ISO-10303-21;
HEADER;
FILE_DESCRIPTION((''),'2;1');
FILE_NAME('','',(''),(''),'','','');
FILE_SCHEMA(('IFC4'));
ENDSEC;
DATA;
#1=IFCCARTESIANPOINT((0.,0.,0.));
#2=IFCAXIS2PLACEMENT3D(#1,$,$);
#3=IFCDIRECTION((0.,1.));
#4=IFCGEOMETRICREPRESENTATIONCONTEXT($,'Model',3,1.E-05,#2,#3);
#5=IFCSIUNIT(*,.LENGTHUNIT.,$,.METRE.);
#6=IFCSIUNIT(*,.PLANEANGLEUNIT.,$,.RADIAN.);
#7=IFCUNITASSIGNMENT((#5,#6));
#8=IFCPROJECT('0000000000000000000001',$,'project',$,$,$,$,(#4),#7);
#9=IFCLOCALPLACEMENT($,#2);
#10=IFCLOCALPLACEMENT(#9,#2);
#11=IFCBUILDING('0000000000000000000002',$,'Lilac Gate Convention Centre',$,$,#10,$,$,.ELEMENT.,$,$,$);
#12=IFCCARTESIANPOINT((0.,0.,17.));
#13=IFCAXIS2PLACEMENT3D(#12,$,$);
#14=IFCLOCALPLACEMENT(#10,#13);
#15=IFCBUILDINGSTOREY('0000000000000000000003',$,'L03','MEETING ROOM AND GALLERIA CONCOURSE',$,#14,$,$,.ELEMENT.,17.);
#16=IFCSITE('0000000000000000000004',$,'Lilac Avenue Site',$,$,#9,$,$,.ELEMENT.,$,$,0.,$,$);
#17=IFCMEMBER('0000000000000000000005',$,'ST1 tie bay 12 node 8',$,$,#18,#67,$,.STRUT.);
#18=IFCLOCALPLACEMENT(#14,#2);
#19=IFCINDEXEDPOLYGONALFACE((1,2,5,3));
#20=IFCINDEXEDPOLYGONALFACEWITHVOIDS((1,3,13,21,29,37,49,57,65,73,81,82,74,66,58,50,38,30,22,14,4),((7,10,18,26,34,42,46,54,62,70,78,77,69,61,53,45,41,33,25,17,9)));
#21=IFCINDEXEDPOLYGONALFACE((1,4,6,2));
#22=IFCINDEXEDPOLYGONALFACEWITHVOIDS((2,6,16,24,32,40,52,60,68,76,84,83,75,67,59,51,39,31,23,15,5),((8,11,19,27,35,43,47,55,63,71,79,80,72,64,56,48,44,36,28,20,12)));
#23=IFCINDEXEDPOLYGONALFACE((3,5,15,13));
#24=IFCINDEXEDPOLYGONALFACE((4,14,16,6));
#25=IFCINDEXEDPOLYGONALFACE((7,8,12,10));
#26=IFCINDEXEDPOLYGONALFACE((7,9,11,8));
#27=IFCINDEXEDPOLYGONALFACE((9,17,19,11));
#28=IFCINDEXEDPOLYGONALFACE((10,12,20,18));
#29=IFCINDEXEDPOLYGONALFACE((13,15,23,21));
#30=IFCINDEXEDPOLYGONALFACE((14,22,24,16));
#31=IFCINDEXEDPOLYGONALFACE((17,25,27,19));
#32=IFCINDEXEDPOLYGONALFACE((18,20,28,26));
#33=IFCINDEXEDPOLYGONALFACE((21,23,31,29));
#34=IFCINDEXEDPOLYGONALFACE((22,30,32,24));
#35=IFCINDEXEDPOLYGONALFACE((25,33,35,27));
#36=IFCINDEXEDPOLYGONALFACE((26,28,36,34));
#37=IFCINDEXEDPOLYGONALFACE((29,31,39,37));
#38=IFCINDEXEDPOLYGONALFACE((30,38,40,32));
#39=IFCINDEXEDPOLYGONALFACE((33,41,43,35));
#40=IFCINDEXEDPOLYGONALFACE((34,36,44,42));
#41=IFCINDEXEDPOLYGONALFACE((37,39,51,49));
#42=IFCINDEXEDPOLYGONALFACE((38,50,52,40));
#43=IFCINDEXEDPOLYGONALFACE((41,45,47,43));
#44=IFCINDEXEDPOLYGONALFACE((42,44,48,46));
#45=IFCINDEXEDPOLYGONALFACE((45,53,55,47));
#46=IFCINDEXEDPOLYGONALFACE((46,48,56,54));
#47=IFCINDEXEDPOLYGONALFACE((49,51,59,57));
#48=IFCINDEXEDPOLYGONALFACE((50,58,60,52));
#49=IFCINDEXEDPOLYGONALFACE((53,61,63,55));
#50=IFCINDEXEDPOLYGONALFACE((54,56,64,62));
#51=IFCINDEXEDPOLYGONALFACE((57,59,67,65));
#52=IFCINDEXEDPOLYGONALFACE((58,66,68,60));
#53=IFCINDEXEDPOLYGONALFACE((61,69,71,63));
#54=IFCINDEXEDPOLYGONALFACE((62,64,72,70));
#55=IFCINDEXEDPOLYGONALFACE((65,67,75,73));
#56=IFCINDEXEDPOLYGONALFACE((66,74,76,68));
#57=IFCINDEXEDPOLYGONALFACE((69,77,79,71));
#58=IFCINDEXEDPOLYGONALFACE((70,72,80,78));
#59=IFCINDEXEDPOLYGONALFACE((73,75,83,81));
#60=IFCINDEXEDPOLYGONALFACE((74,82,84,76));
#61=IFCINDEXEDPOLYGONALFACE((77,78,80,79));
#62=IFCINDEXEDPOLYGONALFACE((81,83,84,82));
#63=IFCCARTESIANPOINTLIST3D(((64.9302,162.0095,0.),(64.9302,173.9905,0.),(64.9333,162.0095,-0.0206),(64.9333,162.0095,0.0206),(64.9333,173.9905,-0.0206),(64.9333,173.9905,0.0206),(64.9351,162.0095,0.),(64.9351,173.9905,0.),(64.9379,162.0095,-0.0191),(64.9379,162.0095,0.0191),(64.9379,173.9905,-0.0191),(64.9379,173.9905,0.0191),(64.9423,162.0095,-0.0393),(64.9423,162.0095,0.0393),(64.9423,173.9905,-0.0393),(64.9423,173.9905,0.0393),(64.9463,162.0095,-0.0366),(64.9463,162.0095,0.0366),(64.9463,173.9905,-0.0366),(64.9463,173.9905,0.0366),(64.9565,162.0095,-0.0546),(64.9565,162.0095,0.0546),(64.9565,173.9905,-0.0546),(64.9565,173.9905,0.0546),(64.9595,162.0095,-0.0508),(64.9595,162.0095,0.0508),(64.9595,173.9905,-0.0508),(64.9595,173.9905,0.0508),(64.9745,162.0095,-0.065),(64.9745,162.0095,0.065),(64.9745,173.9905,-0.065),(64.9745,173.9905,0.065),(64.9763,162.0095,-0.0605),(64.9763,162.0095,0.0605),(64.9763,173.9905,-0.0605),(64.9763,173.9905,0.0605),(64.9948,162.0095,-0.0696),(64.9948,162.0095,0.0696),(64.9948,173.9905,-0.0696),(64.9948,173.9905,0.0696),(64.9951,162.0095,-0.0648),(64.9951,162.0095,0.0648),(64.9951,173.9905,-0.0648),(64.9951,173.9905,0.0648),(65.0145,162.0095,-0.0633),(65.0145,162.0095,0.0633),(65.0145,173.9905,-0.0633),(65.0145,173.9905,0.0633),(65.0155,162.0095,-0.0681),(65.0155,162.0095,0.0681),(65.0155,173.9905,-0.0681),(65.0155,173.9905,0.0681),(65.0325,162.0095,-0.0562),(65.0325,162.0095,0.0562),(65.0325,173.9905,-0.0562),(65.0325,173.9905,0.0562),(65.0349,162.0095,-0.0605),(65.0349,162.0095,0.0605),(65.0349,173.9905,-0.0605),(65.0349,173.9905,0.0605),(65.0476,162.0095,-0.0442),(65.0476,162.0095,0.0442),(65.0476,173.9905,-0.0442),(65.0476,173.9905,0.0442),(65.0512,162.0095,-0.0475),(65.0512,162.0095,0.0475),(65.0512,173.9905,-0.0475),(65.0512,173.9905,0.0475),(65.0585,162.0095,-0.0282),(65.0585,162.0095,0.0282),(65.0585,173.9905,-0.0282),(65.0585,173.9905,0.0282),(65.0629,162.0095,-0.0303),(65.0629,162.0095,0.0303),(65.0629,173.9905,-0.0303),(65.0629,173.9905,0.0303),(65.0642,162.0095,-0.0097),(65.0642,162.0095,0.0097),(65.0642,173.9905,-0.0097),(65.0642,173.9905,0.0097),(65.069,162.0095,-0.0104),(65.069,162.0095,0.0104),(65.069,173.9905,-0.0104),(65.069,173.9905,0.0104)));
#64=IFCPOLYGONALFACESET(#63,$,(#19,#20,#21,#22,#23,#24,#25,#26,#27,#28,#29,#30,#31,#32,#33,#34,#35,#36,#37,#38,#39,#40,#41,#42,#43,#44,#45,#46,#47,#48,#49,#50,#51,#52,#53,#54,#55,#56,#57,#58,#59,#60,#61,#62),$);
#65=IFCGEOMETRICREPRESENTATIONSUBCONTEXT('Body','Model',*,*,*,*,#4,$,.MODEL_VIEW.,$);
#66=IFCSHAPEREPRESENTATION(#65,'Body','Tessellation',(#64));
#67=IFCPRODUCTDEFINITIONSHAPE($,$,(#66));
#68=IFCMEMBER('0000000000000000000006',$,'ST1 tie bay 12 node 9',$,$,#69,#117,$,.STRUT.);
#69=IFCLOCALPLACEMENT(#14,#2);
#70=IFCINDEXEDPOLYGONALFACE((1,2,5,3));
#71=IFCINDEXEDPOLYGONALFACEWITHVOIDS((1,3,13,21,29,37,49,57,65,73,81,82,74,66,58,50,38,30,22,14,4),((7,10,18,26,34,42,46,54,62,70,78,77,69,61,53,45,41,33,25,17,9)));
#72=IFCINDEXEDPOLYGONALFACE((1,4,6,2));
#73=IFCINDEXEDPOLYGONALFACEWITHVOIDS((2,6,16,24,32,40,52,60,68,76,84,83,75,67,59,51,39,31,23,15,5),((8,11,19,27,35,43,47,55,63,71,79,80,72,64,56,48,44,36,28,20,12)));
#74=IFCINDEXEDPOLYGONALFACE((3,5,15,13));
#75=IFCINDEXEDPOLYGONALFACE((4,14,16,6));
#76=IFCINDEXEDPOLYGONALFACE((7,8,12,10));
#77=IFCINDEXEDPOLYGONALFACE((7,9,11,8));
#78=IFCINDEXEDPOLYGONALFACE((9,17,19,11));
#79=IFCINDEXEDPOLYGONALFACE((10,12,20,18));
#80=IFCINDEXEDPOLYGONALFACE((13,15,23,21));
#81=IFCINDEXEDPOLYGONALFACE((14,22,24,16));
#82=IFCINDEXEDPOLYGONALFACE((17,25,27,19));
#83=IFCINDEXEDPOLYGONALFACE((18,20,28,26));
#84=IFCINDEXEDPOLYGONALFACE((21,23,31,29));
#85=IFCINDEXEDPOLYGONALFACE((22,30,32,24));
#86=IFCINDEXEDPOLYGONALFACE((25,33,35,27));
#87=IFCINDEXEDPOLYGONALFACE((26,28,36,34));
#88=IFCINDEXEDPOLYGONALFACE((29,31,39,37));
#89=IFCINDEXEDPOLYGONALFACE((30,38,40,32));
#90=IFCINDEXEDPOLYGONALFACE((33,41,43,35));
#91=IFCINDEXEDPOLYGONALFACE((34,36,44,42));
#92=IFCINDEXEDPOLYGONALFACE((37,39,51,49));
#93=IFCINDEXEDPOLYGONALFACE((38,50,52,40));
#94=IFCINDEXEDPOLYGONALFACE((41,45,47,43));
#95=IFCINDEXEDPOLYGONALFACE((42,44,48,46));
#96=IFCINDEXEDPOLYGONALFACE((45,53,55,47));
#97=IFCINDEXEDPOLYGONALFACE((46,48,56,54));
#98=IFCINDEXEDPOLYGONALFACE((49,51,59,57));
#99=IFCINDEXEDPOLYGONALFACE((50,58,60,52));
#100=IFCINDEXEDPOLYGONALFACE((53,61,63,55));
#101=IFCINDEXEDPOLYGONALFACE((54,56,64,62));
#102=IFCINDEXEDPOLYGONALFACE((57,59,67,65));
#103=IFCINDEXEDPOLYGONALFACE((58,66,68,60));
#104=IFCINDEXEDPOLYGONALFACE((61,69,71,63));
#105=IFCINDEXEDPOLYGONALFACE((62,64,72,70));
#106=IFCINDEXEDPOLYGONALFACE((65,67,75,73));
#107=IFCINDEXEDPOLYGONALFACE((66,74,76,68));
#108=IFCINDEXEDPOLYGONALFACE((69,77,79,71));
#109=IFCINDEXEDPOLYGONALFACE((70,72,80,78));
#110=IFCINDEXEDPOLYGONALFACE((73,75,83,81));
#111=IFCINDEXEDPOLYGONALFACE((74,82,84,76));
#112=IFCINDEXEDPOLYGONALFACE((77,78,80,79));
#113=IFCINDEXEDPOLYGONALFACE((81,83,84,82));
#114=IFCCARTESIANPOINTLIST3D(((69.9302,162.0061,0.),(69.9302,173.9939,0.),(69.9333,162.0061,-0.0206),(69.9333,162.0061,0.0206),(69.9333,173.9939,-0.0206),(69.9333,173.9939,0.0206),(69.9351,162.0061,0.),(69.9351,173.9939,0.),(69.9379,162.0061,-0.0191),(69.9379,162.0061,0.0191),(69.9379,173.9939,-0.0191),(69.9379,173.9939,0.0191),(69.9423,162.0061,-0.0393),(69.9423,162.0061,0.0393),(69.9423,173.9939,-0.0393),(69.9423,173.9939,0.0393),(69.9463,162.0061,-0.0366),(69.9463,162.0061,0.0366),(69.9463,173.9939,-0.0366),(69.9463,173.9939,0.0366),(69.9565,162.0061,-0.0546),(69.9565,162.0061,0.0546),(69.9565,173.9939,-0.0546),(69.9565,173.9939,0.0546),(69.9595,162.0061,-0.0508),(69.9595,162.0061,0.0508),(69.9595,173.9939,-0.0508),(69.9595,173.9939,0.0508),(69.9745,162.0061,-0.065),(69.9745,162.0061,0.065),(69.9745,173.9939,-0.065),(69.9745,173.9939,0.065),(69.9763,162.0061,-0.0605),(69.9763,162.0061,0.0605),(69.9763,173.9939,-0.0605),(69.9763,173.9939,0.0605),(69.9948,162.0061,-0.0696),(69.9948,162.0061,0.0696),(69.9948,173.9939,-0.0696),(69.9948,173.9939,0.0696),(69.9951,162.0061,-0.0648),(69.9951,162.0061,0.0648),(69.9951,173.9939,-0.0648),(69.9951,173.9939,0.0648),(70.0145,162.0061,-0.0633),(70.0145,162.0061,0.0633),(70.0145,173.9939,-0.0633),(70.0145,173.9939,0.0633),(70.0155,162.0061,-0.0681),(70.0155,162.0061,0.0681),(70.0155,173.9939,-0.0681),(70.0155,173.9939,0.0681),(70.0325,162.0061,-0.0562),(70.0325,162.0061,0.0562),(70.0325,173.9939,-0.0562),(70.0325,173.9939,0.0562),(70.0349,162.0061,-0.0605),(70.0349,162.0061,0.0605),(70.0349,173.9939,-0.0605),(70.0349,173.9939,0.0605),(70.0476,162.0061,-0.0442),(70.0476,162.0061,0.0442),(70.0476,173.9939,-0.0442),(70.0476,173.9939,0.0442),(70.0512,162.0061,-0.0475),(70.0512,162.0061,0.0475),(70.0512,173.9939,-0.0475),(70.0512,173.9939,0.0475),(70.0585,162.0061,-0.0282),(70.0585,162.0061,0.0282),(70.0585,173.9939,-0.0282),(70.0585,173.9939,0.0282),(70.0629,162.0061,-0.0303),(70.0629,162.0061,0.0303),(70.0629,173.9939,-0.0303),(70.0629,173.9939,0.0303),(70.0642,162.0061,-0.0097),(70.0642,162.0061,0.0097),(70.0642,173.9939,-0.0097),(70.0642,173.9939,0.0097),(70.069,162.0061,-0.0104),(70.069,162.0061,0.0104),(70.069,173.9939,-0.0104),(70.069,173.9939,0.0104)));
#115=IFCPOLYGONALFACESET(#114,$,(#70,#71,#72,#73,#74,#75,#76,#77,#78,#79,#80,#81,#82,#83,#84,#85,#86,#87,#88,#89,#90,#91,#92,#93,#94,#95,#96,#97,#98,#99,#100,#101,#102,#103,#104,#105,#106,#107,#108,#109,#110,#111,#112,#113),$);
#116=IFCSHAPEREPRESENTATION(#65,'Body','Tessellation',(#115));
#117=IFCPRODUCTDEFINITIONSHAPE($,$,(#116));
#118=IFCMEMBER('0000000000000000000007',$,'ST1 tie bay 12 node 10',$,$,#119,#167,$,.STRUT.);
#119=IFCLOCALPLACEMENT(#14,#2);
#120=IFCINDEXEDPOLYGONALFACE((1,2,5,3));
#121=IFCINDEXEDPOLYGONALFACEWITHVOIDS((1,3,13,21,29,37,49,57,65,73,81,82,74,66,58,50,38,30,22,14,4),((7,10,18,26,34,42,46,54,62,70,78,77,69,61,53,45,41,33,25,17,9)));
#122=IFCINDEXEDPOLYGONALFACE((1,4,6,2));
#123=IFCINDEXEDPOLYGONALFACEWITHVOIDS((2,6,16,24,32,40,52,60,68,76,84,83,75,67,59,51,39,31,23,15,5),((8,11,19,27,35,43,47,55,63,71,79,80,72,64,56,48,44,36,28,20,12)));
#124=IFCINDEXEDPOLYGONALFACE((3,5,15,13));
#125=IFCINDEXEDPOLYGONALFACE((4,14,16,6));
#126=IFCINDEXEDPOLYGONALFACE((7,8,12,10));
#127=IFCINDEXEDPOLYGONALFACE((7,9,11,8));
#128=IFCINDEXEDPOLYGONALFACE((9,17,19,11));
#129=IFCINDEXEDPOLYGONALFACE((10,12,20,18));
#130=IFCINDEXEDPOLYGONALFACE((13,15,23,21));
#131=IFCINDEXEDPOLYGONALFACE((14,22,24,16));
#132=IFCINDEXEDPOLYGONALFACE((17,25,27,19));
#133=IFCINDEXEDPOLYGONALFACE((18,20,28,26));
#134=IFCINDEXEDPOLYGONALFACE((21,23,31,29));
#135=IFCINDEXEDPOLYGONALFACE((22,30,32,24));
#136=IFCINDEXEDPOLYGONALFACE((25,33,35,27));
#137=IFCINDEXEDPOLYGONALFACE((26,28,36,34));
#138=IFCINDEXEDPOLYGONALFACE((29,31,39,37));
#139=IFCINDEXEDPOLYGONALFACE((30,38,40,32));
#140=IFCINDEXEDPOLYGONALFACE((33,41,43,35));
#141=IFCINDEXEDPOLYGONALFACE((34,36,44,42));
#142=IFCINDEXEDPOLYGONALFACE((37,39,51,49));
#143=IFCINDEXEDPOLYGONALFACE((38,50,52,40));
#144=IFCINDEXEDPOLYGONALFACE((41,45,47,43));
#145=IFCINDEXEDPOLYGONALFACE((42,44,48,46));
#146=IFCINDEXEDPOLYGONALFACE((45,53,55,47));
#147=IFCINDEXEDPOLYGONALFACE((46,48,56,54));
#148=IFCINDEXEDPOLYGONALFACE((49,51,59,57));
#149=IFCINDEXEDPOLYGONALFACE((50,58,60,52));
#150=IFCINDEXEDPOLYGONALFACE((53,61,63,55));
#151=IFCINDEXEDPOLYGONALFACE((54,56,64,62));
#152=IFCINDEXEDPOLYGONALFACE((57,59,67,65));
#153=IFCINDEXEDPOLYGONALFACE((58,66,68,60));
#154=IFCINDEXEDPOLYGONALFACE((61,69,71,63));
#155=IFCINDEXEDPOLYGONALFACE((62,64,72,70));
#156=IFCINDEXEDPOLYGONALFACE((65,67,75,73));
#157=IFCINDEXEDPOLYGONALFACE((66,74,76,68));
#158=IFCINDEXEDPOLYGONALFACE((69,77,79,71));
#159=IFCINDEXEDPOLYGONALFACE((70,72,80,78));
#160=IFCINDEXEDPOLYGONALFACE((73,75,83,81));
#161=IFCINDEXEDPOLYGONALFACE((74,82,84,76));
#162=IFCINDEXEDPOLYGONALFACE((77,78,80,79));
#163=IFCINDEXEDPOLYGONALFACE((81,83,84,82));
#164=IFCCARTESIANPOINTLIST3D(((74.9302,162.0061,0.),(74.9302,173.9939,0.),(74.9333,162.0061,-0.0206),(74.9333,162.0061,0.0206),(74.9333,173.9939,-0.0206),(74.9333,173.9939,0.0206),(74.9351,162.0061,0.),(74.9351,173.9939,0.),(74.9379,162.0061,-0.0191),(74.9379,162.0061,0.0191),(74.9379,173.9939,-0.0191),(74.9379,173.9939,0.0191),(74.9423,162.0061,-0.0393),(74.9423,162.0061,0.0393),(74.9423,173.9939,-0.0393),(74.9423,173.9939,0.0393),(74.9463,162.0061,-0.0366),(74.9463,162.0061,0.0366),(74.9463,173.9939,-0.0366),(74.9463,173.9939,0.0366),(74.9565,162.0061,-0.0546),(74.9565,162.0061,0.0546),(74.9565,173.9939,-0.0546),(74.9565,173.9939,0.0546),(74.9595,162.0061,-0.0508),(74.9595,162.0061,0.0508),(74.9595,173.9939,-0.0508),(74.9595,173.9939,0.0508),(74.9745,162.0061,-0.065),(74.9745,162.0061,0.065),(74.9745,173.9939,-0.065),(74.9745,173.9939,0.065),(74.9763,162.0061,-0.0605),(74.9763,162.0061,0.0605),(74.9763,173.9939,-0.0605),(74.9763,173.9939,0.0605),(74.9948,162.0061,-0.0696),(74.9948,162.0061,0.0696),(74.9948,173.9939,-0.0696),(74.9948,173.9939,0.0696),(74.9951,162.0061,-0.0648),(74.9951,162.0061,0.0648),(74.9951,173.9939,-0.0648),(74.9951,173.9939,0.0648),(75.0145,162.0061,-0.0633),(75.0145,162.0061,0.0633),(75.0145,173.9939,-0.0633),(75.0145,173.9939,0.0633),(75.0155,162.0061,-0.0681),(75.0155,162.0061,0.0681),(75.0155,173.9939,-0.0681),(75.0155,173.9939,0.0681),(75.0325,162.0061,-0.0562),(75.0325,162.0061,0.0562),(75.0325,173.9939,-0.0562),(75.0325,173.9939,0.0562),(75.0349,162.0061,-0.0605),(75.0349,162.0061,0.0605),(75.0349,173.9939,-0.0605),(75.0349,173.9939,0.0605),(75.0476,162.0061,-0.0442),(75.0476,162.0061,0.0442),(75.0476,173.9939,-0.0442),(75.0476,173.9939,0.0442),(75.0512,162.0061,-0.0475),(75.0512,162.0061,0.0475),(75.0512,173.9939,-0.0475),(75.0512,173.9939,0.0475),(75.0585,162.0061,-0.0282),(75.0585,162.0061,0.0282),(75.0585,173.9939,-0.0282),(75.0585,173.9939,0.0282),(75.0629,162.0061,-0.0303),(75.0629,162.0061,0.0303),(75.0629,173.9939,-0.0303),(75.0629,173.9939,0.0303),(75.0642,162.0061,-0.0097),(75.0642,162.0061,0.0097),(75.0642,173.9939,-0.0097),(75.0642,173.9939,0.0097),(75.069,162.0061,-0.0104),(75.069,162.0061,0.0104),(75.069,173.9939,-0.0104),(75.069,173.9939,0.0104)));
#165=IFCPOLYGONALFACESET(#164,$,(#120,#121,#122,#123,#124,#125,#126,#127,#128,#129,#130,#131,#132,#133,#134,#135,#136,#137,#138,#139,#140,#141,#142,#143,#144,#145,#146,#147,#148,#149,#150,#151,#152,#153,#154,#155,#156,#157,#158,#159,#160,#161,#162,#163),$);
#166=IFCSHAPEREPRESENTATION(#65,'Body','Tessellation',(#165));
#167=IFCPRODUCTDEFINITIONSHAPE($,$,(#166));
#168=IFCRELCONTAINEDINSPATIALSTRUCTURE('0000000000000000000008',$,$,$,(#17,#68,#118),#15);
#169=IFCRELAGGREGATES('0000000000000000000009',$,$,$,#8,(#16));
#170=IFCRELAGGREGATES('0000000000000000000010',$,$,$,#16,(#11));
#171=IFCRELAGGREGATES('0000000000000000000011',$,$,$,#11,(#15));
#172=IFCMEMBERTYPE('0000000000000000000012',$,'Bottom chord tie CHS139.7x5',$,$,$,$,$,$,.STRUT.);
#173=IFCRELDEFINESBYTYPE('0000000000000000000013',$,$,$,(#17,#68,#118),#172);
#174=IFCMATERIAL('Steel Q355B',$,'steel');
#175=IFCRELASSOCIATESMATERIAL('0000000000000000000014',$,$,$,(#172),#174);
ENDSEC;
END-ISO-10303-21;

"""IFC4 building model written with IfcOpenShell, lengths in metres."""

from ifc_helpers import new_model, si_unit, direction, frame, origin, origin_2d, place, context, subcontext, project, spatial, hollow_circle, extrude, material, material_profile, profile_set, type_object, element, save


model = new_model("IFC4")

# Units and contexts
model_context = context("Model", 3, precision=1e-05, world=origin(), true_north=direction((0.0, 1.0)))
body_context = subcontext(model_context, "Body", "Model", "MODEL_VIEW")
ifc_project = project(units=[si_unit("LENGTHUNIT", "METRE"), si_unit("PLANEANGLEUNIT", "RADIAN")], contexts=[model_context])

# Site, building, storey
site_placement = place(None, origin())
site = spatial("IfcSite", under=ifc_project, at=site_placement, Name="Lilac Avenue Site", CompositionType="ELEMENT", RefElevation=0.0)
building_placement = place(site_placement, origin())
building = spatial("IfcBuilding", under=site, at=building_placement, Name="Lilac Gate Convention Centre", CompositionType="ELEMENT")
storey_placement = place(building_placement, frame((0.0, 0.0, 17.0)))
storey = spatial("IfcBuildingStorey", under=building, at=storey_placement, Name="L03", Description="MEETING ROOM AND GALLERIA CONCOURSE", CompositionType="ELEMENT", Elevation=17.0)

# Members
ifc_material = material(Name="Steel Q355B", Category="steel")
ifc_material_profile_1 = material_profile(ifc_material, hollow_circle(Radius=0.0698, WallThickness=0.0049, at=origin_2d()), Name="CHS139.7x5")
ifc_profile_set_1 = profile_set([ifc_material_profile_1], Name="Steel Q355B")
member_type_1 = type_object("IfcMemberType", Name="Bottom chord tie CHS139.7x5", PredefinedType="STRUT", material=ifc_profile_set_1)
member_1_placement = place(storey_placement, frame((65.0, 162.0095, 0.0), z_axis=(0.0, 1.0, 0.0), x_axis=(-1.0, 0.0, 0.0)))
element("IfcMember", 1, at=member_1_placement, inside=storey, type_object=member_type_1, Name="ST1 tie bay 12 node 8", PredefinedType="STRUT", context=body_context, shape_type="SweptSolid", body=[
    extrude(hollow_circle(Radius=0.0698, WallThickness=0.0049, at=origin_2d()), origin(), (0.0, 0.0, 1.0), 11.981),
])
for number, where, z_axis, x_axis, name in (
    (2, (70.0, 162.0061, 0.0), (0.0, 1.0, 0.0), (-1.0, 0.0, 0.0), "ST1 tie bay 12 node 9"),
    (3, (75.0, 162.0061, 0.0), (0.0, 1.0, 0.0), (-1.0, 0.0, 0.0), "ST1 tie bay 12 node 10"),
):
    element("IfcMember", number, at=place(storey_placement, frame(where, z_axis=z_axis, x_axis=x_axis)), inside=storey, type_object=member_type_1, Name=name, PredefinedType="STRUT", context=body_context, shape_type="SweptSolid", body=[
        extrude(hollow_circle(Radius=0.0698, WallThickness=0.0049, at=origin_2d()), origin(), (0.0, 0.0, 1.0), 11.9878),
    ])

save(model, "model.ifc")
